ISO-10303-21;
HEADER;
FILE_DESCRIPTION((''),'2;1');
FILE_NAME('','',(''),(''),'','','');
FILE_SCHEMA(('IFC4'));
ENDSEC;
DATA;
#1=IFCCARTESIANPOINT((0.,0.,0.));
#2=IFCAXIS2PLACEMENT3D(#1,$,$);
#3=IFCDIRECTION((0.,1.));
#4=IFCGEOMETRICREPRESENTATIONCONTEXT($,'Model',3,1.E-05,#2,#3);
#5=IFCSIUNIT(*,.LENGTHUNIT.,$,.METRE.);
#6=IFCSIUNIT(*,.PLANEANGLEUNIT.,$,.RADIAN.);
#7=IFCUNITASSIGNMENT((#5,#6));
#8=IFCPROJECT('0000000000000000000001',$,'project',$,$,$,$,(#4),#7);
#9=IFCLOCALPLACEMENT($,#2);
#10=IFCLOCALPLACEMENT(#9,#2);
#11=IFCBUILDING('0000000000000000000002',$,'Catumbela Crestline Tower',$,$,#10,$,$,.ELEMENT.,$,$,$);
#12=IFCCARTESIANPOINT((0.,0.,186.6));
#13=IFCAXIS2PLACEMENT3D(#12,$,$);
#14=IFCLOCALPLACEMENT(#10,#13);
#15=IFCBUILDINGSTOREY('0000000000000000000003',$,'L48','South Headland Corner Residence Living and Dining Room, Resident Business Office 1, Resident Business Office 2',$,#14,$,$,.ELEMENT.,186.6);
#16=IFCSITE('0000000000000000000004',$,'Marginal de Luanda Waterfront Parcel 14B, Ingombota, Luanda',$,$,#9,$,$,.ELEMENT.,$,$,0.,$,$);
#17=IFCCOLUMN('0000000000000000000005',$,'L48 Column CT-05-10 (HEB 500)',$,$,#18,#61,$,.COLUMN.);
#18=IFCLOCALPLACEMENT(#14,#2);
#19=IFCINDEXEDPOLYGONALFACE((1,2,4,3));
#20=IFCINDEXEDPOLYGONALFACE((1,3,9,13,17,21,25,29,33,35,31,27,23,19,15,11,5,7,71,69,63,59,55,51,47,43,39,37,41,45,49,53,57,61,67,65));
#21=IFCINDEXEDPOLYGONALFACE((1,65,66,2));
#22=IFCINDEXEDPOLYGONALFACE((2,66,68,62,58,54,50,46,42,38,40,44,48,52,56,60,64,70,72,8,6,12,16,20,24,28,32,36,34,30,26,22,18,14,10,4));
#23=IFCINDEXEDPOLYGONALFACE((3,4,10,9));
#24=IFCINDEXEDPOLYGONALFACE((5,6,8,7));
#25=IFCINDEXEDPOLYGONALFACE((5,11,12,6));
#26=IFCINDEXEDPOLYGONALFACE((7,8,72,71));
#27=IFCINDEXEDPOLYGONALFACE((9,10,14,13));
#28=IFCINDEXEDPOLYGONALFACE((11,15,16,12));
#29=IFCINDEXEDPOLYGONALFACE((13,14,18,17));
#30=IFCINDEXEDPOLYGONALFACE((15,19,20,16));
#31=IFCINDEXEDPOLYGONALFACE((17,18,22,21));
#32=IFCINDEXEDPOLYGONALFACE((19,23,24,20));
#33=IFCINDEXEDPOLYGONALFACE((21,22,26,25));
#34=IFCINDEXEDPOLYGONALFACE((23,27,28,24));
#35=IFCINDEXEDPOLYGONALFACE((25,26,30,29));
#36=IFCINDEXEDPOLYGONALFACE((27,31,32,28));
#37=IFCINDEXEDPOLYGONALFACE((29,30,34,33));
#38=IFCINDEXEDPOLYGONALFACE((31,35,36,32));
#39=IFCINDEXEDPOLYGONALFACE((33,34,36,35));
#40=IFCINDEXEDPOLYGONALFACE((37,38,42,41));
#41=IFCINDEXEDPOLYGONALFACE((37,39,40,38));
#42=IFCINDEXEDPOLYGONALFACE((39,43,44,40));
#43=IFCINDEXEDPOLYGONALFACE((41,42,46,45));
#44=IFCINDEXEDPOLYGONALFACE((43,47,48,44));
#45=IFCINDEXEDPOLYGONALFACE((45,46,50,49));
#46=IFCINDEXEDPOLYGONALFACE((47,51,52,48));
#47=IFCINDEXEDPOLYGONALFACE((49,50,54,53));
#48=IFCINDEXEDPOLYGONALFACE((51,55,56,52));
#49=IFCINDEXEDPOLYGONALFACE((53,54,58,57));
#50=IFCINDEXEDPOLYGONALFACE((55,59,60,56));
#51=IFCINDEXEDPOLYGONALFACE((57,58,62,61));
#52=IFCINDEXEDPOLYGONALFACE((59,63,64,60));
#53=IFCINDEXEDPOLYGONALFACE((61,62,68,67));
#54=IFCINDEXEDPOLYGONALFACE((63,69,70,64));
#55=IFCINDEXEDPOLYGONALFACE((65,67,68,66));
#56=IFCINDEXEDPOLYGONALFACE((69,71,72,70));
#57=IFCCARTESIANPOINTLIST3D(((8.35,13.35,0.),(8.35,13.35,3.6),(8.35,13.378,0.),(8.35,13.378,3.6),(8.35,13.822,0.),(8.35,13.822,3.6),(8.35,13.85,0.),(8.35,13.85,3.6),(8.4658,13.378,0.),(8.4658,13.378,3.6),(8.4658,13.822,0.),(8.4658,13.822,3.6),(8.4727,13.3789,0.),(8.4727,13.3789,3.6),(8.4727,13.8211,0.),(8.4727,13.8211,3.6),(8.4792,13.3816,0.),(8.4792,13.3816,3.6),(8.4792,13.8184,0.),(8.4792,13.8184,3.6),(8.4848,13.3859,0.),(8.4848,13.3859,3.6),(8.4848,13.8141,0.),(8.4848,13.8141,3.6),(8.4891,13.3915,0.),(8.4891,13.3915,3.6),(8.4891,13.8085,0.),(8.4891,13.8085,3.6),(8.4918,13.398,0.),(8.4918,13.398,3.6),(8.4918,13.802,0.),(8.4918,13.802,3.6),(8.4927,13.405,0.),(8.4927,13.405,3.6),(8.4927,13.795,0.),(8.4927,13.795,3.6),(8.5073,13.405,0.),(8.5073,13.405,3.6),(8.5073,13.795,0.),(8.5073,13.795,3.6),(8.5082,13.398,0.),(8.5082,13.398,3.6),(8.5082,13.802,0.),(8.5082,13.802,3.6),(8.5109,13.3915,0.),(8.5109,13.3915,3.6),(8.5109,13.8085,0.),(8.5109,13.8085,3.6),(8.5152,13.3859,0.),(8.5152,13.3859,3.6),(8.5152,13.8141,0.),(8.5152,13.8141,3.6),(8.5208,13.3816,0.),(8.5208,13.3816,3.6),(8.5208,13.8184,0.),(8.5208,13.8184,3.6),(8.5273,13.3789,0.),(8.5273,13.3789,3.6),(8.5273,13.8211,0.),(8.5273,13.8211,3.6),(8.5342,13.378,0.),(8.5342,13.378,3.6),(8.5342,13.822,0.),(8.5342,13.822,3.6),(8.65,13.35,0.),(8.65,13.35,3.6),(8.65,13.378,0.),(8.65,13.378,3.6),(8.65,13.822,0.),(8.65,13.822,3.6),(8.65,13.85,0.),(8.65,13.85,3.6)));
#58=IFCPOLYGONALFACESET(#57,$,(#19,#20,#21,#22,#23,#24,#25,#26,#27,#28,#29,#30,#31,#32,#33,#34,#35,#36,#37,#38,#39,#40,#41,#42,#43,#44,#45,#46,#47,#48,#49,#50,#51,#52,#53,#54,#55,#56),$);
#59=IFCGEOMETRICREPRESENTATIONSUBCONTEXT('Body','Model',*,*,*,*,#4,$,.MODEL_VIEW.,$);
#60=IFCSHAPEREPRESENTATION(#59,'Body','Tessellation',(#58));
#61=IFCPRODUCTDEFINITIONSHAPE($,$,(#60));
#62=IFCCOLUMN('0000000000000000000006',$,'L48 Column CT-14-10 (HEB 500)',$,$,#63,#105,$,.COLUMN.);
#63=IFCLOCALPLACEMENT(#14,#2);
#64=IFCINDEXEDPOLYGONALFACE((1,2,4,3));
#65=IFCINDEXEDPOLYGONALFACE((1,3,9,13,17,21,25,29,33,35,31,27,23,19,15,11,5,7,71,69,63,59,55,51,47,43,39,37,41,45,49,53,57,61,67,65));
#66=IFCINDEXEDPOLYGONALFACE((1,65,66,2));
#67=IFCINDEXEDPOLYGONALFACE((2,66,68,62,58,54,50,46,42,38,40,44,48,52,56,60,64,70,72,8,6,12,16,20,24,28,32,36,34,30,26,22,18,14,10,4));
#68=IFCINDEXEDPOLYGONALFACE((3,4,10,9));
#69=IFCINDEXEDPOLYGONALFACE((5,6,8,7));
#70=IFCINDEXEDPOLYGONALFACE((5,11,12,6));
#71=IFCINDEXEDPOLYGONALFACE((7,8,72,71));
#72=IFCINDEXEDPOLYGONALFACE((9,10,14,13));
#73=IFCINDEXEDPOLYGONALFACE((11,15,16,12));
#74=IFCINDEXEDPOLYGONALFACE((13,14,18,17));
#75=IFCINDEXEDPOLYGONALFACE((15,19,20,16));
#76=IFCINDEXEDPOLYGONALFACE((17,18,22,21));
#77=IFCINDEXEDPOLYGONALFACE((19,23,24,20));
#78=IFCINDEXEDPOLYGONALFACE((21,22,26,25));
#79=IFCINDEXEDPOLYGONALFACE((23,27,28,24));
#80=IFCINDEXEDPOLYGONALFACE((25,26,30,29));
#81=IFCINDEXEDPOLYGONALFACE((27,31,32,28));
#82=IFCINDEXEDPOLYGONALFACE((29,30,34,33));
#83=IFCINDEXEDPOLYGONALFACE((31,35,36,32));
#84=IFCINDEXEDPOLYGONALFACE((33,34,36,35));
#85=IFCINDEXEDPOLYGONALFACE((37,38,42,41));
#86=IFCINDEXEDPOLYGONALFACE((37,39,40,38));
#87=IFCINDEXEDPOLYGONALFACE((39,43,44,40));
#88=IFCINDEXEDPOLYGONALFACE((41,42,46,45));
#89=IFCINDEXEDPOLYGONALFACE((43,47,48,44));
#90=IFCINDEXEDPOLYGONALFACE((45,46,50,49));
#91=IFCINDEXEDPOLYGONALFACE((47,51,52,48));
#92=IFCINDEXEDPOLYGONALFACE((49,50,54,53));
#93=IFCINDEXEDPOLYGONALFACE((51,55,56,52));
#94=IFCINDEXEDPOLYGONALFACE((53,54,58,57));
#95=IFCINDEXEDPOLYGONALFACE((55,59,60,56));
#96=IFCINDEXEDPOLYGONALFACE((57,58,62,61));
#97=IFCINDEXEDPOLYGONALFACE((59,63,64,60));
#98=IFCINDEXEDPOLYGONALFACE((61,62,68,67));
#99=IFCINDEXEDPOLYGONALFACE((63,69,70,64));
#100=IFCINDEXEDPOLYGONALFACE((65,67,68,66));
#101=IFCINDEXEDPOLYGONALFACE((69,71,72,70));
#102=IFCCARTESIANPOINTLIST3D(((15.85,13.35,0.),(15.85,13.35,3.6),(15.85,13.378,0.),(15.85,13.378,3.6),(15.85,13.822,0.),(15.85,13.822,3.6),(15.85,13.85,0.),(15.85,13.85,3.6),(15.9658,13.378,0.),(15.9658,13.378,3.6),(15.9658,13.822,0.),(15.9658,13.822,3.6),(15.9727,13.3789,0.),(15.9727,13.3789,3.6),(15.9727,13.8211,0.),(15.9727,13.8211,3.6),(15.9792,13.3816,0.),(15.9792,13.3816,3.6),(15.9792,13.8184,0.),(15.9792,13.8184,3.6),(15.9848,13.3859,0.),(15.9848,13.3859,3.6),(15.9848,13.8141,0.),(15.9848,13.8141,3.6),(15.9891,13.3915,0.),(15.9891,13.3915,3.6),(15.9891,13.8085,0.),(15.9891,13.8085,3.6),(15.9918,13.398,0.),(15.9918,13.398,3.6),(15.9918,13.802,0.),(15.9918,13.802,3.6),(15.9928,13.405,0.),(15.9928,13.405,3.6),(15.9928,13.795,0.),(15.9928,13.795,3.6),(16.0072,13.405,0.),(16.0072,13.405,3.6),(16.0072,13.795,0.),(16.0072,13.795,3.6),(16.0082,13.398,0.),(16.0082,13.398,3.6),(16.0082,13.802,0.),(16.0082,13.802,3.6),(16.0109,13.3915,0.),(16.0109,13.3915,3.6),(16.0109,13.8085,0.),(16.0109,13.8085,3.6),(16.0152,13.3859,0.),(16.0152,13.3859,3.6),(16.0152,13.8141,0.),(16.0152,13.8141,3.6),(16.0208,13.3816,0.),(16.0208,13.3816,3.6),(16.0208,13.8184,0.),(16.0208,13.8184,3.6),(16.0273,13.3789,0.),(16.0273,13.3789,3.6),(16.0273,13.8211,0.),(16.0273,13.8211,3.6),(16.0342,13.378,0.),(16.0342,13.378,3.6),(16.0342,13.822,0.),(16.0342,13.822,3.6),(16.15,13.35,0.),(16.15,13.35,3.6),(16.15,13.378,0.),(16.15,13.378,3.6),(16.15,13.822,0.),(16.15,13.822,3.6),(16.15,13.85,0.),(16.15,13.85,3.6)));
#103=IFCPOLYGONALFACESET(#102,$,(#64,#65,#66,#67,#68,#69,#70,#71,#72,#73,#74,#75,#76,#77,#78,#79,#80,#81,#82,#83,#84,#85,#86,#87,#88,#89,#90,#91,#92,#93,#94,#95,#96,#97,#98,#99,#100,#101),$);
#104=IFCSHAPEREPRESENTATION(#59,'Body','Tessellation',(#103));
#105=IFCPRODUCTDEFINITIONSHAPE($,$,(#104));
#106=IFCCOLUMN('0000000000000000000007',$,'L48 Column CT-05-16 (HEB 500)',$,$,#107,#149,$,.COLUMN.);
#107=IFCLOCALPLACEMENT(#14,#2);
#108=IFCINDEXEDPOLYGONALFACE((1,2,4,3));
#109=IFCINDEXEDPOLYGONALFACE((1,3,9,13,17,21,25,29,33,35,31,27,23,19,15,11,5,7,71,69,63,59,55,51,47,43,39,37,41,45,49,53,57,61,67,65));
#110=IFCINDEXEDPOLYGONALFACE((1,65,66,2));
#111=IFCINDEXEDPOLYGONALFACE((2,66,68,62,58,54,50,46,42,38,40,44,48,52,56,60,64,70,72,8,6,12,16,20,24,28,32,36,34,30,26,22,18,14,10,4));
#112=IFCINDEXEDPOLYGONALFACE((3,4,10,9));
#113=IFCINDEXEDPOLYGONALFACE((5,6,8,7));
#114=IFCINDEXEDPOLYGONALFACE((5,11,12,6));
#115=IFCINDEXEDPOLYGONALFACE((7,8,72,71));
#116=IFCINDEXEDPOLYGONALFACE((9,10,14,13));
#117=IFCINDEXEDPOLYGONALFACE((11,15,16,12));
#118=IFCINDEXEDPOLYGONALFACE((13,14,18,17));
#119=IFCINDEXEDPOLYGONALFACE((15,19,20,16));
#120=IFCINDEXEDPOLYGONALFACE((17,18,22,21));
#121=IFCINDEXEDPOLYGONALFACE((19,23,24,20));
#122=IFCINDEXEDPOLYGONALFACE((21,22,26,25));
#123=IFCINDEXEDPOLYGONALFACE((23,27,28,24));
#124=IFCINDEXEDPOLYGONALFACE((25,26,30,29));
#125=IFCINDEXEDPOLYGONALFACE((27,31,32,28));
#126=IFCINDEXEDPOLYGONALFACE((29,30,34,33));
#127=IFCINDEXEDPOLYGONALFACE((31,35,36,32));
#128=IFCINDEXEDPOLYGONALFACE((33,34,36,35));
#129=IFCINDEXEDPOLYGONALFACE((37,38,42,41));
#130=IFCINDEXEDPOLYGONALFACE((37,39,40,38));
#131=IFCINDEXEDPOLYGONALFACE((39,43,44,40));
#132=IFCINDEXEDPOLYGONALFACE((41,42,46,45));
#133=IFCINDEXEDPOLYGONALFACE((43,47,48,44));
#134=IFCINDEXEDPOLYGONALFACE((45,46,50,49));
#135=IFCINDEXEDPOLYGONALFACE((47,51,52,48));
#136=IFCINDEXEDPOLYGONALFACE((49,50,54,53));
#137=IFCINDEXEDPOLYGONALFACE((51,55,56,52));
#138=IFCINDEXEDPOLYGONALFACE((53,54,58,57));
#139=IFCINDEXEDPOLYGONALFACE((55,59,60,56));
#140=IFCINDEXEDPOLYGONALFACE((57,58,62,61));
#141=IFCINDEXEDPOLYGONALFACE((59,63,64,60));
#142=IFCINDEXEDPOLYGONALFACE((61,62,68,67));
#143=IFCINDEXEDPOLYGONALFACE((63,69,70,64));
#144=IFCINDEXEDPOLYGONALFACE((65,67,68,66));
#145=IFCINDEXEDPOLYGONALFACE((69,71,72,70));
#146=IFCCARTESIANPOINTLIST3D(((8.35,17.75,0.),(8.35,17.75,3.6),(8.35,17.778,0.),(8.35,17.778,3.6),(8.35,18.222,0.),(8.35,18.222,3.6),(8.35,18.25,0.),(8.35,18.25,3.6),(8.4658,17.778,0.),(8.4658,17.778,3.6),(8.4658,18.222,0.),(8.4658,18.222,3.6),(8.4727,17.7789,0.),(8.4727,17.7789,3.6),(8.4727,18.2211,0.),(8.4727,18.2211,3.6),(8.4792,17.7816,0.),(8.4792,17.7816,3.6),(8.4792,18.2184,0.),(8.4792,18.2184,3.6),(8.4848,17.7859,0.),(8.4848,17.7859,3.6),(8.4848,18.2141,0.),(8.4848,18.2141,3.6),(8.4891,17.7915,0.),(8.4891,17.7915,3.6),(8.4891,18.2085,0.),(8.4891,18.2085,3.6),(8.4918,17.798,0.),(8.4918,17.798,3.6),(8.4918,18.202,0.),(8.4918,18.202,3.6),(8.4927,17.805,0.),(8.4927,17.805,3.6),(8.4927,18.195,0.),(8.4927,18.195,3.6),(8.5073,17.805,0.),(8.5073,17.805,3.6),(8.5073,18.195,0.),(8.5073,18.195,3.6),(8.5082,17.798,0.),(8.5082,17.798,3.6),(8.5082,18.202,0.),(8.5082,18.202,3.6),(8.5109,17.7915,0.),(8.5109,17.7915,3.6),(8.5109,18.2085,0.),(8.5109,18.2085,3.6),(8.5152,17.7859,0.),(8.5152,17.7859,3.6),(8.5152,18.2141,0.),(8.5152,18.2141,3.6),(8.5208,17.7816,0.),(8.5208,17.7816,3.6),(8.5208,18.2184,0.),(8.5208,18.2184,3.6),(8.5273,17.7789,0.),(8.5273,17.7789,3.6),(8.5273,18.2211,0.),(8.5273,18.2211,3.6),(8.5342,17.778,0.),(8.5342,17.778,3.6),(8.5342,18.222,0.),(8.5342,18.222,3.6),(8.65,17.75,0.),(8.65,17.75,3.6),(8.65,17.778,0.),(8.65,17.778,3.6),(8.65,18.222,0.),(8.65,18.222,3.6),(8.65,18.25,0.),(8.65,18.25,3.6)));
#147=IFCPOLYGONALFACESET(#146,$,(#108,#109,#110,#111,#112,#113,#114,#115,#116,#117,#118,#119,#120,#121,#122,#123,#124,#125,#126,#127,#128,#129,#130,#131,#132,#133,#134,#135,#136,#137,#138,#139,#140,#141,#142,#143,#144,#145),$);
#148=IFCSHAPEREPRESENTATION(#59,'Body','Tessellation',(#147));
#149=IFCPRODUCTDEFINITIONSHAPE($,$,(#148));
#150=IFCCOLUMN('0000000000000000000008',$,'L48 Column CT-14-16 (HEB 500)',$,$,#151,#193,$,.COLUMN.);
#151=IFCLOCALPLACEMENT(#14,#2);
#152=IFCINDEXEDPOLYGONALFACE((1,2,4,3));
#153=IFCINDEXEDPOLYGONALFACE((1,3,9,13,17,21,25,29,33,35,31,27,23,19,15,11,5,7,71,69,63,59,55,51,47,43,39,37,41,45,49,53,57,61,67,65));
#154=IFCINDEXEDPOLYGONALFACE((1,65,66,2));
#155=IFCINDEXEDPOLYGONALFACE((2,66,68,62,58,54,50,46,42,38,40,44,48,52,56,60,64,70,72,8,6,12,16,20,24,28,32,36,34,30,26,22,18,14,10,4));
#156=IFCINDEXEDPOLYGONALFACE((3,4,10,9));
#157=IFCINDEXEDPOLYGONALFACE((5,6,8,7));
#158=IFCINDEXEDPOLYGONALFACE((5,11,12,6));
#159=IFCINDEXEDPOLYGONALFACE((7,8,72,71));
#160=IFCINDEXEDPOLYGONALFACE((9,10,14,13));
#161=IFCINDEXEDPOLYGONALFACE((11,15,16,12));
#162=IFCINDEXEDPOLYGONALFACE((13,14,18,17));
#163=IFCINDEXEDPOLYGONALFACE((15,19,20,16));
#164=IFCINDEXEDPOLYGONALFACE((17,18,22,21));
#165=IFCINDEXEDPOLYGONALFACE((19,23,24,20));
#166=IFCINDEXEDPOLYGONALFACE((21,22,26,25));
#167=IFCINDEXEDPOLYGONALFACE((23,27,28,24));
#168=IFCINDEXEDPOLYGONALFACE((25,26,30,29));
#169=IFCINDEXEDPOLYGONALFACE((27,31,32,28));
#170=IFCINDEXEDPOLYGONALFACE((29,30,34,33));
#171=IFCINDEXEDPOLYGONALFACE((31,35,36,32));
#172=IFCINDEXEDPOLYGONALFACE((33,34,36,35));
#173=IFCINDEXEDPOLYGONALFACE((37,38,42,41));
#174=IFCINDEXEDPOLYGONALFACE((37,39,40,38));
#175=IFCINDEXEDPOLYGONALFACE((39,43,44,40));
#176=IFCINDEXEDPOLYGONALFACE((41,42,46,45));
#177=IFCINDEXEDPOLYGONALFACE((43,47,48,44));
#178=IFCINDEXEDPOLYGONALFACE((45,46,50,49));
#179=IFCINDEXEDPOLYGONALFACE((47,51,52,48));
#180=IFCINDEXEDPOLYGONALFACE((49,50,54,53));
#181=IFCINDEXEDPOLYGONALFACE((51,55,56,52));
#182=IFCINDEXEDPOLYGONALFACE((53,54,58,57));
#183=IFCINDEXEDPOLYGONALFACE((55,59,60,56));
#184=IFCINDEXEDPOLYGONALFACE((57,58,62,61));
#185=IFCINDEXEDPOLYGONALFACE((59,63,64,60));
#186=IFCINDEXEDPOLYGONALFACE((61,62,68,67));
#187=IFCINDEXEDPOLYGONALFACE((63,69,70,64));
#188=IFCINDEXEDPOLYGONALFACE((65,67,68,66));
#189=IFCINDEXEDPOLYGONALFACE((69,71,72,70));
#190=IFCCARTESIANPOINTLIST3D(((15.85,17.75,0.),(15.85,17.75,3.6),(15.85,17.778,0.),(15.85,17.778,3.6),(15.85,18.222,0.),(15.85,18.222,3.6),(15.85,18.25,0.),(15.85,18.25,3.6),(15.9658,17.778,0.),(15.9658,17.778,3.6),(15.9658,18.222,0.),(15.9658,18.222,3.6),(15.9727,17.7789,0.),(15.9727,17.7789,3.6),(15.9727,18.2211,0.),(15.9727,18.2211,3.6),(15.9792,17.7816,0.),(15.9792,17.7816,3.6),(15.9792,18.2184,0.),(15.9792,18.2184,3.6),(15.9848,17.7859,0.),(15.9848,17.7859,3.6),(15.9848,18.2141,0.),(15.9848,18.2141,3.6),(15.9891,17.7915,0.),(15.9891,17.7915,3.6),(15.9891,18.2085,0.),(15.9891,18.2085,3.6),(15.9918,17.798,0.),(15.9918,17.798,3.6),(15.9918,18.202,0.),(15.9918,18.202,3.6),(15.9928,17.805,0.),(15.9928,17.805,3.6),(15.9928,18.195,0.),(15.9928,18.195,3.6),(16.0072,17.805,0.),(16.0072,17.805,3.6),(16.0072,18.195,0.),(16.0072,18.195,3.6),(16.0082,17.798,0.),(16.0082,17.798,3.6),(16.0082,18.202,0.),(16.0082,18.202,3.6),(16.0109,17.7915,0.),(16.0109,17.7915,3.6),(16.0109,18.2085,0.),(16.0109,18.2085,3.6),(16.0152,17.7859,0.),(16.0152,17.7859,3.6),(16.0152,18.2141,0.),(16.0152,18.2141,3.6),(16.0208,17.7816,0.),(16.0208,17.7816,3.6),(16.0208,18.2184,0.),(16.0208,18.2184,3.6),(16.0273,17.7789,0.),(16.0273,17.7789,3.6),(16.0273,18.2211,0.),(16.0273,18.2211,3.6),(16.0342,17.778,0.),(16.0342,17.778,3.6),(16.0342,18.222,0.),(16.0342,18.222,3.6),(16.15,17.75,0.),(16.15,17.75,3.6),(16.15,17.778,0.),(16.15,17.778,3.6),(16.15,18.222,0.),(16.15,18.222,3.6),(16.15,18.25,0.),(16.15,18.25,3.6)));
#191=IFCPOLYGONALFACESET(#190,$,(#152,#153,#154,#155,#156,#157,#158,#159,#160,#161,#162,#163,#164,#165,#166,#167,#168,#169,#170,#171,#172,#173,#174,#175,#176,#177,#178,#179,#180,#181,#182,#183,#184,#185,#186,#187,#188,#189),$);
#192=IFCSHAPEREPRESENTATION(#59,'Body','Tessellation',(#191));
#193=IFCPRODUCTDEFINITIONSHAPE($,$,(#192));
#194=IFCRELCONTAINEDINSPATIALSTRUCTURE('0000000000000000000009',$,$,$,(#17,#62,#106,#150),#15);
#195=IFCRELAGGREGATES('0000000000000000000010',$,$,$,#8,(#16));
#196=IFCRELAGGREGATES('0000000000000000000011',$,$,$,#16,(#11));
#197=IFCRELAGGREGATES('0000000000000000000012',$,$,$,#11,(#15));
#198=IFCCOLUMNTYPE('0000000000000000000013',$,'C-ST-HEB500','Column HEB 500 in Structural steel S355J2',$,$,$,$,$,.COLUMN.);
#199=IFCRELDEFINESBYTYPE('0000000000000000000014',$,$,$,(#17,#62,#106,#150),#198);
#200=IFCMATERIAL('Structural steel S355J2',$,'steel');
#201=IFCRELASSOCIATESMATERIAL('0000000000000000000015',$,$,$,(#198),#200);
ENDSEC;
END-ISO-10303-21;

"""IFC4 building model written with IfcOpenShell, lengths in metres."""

from ifc_helpers import new_model, si_unit, direction, frame, origin, origin_2d, place, context, subcontext, project, spatial, i_section, extrude, material, material_profile, profile_set, type_object, element, save


model = new_model("IFC4")

# Units and contexts
model_context = context("Model", 3, precision=1e-05, world=origin(), true_north=direction((0.0, 1.0)))
body_context = subcontext(model_context, "Body", "Model", "MODEL_VIEW")
ifc_project = project(units=[si_unit("LENGTHUNIT", "METRE"), si_unit("PLANEANGLEUNIT", "RADIAN")], contexts=[model_context])

# Site, building, storey
site_placement = place(None, origin())
site = spatial("IfcSite", under=ifc_project, at=site_placement, Name="Marginal de Luanda Waterfront Parcel 14B, Ingombota, Luanda", CompositionType="ELEMENT", RefElevation=0.0)
building_placement = place(site_placement, origin())
building = spatial("IfcBuilding", under=site, at=building_placement, Name="Catumbela Crestline Tower", CompositionType="ELEMENT")
storey_placement = place(building_placement, frame((0.0, 0.0, 186.6)))
storey = spatial("IfcBuildingStorey", under=building, at=storey_placement, Name="L48", Description="South Headland Corner Residence Living and Dining Room, Resident Business Office 1, Resident Business Office 2", CompositionType="ELEMENT", Elevation=186.6)

# Columns
ifc_material_1 = material(Name="Structural steel S355J2", Category="steel")
ifc_material_profile_1 = material_profile(ifc_material_1, i_section(OverallWidth=0.3, OverallDepth=0.5, WebThickness=0.0145, FlangeThickness=0.028, FilletRadius=0.027, at=origin_2d()), Name="HEB 500")
ifc_profile_set_1 = profile_set([ifc_material_profile_1], Name="Structural steel S355J2")
column_type = type_object("IfcColumnType", Name="C-ST-HEB500", Description="Column HEB 500 in Structural steel S355J2", PredefinedType="COLUMN", material=ifc_profile_set_1)
for number, where, z_axis, x_axis, name in (
    (1, (8.5, 13.6, 0.0), (0.0, 0.0, 1.0), (1.0, 0.0, 0.0), "L48 Column CT-05-10 (HEB 500)"),
    (2, (16.0, 13.6, 0.0), (0.0, 0.0, 1.0), (1.0, 0.0, 0.0), "L48 Column CT-14-10 (HEB 500)"),
    (3, (8.5, 18.0, 0.0), (0.0, 0.0, 1.0), (1.0, 0.0, 0.0), "L48 Column CT-05-16 (HEB 500)"),
    (4, (16.0, 18.0, 0.0), (0.0, 0.0, 1.0), (1.0, 0.0, 0.0), "L48 Column CT-14-16 (HEB 500)"),
):
    element("IfcColumn", number, at=place(storey_placement, frame(where, z_axis=z_axis, x_axis=x_axis)), inside=storey, type_object=column_type, Name=name, PredefinedType="COLUMN", context=body_context, shape_type="SweptSolid", body=[
        extrude(i_section(OverallWidth=0.3, OverallDepth=0.5, WebThickness=0.0145, FlangeThickness=0.028, FilletRadius=0.027, at=origin_2d()), origin(), (0.0, 0.0, 1.0), 3.6),
    ])

save(model, "model.ifc")
